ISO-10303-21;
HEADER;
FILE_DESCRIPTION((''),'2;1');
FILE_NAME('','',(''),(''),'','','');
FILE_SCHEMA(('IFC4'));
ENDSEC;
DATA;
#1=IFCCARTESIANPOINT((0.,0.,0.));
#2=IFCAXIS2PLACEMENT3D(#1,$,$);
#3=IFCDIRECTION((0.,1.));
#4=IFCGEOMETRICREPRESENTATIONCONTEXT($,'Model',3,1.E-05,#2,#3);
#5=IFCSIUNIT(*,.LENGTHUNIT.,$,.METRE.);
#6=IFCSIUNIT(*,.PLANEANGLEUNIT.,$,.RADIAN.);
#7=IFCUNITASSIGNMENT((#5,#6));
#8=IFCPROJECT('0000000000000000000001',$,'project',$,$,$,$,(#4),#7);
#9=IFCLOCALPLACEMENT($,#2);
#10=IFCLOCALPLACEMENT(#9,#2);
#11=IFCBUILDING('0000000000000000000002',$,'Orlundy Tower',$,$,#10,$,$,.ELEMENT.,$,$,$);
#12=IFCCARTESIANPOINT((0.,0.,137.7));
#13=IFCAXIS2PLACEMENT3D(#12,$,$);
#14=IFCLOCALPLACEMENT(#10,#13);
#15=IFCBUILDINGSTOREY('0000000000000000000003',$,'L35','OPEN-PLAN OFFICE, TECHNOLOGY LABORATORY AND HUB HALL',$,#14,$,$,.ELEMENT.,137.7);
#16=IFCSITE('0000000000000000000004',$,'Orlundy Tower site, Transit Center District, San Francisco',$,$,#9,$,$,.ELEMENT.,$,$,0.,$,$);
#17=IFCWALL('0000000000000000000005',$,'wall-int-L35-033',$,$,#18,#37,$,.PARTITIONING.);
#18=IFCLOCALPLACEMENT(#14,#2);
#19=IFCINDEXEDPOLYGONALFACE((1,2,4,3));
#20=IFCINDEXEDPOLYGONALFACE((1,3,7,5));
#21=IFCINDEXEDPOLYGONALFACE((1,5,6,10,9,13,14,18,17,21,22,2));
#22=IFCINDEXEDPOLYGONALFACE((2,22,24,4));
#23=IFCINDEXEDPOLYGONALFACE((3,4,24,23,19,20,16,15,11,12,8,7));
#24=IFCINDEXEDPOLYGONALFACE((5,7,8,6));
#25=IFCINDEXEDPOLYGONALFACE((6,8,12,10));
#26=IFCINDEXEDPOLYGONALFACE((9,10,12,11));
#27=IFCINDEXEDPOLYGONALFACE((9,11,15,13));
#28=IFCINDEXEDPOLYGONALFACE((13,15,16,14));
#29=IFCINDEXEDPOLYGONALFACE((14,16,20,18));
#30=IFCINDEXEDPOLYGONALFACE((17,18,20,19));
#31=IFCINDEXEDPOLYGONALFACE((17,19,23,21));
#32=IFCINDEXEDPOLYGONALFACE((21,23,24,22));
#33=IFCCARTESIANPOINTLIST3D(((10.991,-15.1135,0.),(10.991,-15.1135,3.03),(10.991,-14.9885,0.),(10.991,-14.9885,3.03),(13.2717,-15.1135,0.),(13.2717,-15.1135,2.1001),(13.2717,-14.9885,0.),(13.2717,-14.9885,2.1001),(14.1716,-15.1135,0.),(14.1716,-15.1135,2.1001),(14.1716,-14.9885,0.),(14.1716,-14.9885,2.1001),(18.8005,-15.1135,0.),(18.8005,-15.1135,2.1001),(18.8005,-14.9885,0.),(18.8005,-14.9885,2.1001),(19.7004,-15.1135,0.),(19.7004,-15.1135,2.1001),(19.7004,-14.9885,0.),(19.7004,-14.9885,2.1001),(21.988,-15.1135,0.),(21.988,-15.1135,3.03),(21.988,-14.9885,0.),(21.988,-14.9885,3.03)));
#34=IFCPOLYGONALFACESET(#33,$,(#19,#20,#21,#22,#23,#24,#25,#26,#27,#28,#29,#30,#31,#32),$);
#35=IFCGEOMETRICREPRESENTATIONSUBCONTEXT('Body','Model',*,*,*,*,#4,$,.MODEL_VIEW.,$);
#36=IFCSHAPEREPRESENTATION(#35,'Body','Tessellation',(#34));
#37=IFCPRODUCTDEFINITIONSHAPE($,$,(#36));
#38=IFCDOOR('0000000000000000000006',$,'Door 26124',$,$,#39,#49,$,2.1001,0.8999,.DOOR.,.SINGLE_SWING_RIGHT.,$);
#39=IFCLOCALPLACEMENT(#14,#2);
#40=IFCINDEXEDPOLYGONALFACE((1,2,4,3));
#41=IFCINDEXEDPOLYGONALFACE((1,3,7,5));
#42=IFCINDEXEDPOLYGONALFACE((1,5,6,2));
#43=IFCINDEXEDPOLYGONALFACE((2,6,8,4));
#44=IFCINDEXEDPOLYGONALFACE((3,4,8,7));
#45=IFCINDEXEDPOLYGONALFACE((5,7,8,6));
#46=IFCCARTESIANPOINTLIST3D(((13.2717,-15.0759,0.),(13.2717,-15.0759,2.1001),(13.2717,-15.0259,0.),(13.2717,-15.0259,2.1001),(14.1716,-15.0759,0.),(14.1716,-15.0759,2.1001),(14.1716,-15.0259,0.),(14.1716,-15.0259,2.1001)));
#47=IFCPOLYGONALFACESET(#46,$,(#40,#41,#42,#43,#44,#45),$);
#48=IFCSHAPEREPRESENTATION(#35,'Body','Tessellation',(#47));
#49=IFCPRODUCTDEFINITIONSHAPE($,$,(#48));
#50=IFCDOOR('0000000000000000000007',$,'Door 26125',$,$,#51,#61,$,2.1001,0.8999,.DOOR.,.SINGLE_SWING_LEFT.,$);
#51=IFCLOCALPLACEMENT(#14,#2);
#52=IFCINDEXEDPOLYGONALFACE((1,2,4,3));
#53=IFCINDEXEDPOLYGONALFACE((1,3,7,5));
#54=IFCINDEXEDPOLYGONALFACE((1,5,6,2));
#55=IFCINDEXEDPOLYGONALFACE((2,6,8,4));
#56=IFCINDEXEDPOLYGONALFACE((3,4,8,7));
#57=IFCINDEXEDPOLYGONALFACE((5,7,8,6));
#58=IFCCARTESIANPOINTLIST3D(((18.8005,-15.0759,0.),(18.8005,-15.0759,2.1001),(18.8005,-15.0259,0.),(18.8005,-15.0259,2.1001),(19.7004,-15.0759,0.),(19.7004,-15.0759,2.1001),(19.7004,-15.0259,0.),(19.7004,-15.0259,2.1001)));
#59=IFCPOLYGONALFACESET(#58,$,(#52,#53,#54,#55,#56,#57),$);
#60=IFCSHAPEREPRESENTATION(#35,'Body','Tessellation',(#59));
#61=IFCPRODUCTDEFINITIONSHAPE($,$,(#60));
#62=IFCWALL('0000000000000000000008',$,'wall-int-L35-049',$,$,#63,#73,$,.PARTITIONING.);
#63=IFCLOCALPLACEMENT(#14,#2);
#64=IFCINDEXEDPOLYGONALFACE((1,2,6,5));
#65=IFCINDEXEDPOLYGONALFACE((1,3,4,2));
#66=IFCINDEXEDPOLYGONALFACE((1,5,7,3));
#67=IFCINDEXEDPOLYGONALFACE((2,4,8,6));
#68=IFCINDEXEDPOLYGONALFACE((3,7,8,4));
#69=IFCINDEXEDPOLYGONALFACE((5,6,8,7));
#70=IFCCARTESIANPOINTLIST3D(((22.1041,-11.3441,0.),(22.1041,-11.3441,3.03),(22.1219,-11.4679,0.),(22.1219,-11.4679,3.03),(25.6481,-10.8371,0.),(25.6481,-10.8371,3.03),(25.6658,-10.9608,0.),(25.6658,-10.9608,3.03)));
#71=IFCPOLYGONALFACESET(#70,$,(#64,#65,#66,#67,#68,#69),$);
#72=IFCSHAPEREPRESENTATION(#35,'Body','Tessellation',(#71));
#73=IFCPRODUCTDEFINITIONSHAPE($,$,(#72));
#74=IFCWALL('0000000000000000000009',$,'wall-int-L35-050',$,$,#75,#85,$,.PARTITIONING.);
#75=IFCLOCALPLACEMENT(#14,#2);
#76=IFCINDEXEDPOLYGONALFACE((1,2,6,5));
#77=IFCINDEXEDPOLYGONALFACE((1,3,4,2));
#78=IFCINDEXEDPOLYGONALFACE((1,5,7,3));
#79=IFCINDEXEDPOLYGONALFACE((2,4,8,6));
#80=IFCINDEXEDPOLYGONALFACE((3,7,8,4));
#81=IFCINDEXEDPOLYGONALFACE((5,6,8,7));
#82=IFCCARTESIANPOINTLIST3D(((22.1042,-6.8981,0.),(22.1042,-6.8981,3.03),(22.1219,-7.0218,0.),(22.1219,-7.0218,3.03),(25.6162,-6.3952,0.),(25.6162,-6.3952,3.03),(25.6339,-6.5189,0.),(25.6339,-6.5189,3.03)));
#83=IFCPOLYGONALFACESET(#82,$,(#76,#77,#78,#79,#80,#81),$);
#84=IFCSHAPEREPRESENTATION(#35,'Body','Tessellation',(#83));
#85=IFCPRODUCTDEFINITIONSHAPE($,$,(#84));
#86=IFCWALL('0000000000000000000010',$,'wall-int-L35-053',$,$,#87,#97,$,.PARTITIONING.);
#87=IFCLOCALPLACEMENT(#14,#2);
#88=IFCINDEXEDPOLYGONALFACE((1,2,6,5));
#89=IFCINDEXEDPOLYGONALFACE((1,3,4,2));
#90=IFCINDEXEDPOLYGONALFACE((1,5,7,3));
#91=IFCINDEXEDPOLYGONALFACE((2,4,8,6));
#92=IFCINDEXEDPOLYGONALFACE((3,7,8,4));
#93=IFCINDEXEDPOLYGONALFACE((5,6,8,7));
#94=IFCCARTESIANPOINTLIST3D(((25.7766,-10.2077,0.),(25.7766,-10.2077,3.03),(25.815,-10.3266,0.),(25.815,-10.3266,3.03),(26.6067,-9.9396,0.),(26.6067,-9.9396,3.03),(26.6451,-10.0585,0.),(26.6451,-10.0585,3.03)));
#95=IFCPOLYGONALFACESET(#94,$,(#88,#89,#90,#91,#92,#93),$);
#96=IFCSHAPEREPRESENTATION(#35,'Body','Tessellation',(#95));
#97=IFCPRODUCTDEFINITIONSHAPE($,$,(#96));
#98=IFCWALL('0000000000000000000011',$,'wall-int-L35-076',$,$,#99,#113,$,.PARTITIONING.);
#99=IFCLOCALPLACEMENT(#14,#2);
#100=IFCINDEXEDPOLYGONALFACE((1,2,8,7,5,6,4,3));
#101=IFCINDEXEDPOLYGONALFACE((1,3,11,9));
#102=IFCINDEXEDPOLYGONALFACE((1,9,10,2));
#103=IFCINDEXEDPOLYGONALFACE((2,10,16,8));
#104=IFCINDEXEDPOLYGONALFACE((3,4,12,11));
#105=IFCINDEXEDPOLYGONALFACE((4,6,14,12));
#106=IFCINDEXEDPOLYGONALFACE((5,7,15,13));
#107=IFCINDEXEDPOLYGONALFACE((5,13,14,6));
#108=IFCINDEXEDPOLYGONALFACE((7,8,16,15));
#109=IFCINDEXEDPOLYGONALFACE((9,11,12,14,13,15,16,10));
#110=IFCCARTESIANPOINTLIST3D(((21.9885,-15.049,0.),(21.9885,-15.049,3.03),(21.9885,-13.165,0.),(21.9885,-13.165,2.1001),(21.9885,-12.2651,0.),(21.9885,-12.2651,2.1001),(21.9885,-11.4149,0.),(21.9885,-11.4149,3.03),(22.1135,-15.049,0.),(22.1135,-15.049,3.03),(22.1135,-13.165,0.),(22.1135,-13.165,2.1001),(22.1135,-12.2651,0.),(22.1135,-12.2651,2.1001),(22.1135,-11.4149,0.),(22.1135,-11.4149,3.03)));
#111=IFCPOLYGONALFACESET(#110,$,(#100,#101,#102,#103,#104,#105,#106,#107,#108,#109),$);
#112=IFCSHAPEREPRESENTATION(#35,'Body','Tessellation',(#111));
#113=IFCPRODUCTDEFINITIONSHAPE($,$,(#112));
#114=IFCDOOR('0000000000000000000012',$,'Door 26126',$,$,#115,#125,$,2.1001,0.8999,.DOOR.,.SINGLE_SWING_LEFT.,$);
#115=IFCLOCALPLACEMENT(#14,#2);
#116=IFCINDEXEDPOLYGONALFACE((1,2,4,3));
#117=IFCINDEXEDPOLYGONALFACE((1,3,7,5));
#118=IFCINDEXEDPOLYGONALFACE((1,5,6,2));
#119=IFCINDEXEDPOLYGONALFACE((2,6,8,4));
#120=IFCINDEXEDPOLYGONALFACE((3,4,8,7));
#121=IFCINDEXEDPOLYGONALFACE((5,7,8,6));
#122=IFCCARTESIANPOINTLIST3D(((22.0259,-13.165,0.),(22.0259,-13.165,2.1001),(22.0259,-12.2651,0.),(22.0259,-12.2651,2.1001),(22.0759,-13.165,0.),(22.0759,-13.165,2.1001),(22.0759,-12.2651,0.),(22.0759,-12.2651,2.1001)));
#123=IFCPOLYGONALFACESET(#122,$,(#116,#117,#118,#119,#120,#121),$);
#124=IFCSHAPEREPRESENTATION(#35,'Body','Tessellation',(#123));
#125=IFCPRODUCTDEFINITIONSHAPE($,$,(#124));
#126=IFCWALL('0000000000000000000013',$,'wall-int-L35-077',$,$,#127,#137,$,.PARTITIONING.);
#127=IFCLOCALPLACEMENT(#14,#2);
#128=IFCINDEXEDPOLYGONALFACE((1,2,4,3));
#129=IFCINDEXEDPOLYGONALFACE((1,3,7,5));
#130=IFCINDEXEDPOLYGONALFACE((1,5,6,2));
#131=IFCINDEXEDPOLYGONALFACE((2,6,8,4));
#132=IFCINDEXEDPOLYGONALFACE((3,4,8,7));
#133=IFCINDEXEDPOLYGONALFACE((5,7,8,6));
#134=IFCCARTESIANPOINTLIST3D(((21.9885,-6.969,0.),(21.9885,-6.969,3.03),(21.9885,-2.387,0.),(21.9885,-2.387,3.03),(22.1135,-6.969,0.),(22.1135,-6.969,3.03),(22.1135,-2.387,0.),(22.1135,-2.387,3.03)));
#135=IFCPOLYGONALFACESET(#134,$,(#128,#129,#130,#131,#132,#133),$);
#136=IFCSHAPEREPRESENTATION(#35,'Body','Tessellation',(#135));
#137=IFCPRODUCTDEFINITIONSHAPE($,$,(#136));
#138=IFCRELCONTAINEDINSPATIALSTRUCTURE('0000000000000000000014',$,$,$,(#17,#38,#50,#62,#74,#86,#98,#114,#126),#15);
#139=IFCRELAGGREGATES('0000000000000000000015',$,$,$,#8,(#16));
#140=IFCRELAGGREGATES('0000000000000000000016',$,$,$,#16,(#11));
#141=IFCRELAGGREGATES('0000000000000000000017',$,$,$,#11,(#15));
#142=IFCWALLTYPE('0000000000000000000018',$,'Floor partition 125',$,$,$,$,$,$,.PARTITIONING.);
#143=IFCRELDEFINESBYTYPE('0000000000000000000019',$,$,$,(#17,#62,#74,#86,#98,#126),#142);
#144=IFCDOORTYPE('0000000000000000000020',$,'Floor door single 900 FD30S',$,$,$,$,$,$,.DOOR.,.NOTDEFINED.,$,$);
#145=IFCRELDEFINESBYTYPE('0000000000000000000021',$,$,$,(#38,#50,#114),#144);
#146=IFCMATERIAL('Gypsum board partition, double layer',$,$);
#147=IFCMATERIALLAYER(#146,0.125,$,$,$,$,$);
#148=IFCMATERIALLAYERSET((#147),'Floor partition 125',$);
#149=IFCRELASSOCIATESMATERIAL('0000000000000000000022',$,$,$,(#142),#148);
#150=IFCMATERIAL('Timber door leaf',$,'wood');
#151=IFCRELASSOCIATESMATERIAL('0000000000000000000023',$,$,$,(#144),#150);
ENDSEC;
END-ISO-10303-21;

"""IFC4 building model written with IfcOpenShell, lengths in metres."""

from ifc_helpers import new_model, si_unit, direction, frame, frame_2d, origin, place, context, subcontext, project, spatial, rectangle, extrude, material, layer, layer_set, type_object, element, fill, save


model = new_model("IFC4")

# Units and contexts
model_context = context("Model", 3, precision=1e-05, world=origin(), true_north=direction((0.0, 1.0)))
body_context = subcontext(model_context, "Body", "Model", "MODEL_VIEW")
ifc_project = project(units=[si_unit("LENGTHUNIT", "METRE"), si_unit("PLANEANGLEUNIT", "RADIAN")], contexts=[model_context])

# Site, building, storey
site_placement = place(None, origin())
site = spatial("IfcSite", under=ifc_project, at=site_placement, Name="Orlundy Tower site, Transit Center District, San Francisco", CompositionType="ELEMENT", RefElevation=0.0)
building_placement = place(site_placement, origin())
building = spatial("IfcBuilding", under=site, at=building_placement, Name="Orlundy Tower", CompositionType="ELEMENT")
storey_placement = place(building_placement, frame((0.0, 0.0, 137.7)))
storey = spatial("IfcBuildingStorey", under=building, at=storey_placement, Name="L35", Description="OPEN-PLAN OFFICE, TECHNOLOGY LABORATORY AND HUB HALL", CompositionType="ELEMENT", Elevation=137.7)

# Shared definitions
ifc_material_1 = material(Name="Gypsum board partition, double layer")
ifc_layer_1 = layer(ifc_material_1, 0.125)
ifc_layer_set_1 = layer_set([ifc_layer_1], Name="Floor partition 125")
wall_type_1 = type_object("IfcWallType", Name="Floor partition 125", PredefinedType="PARTITIONING", material=ifc_layer_set_1)

# Wall, openings, doors
wall_1_placement = place(storey_placement, frame((21.988, -15.051, 0.0), z_axis=(0.0, 0.0, 1.0), x_axis=(-1.0, 0.0, 0.0)))
wall_1 = element("IfcWall", 1, at=wall_1_placement, inside=storey, type_object=wall_type_1, Name="wall-int-L35-033", PredefinedType="PARTITIONING", context=body_context, shape_type="SweptSolid", body=[
    extrude(rectangle(XDim=10.9971, YDim=0.125, at=frame_2d((5.4985, 0.0))), origin(), (0.0, 0.0, 1.0), 3.03),
])
opening_1_placement = place(wall_1_placement, frame((7.8164, 0.0, 0.0)))
opening_1 = element("IfcOpeningElement", 2, at=opening_1_placement, cuts=wall_1, PredefinedType="OPENING", context=body_context, shape_type="SweptSolid", body=[
    extrude(rectangle(XDim=0.8999, YDim=2.1001, at=frame_2d((0.45, 1.05))), frame((0.0, 0.0725, 0.0), z_axis=(0.0, -1.0, 0.0), x_axis=(1.0, 0.0, 0.0)), (0.0, 0.0, 1.0), 0.145),
])
opening_2_placement = place(wall_1_placement, frame((2.2876, 0.0, 0.0)))
opening_2 = element("IfcOpeningElement", 3, at=opening_2_placement, cuts=wall_1, PredefinedType="OPENING", context=body_context, shape_type="SweptSolid", body=[
    extrude(rectangle(XDim=0.8999, YDim=2.1001, at=frame_2d((0.45, 1.05))), frame((0.0, 0.0725, 0.0), z_axis=(0.0, -1.0, 0.0), x_axis=(1.0, 0.0, 0.0)), (0.0, 0.0, 1.0), 0.145),
])
ifc_material_2 = material(Name="Timber door leaf", Category="wood")
door_type_1 = type_object("IfcDoorType", Name="Floor door single 900 FD30S", OperationType="NOTDEFINED", PredefinedType="DOOR", material=ifc_material_2)
door_1_placement = place(opening_1_placement, origin())
door_1 = element("IfcDoor", 4, at=door_1_placement, inside=storey, type_object=door_type_1, Name="Door 26124", OperationType="SINGLE_SWING_RIGHT", OverallHeight=2.1001, OverallWidth=0.8999, PredefinedType="DOOR", context=body_context, shape_type="SweptSolid", body=[
    extrude(rectangle(XDim=0.8999, YDim=2.1001, at=frame_2d((0.45, 1.05))), frame((0.0, 0.0249, 0.0), z_axis=(0.0, -1.0, 0.0), x_axis=(1.0, 0.0, 0.0)), (0.0, 0.0, 1.0), 0.05),
])
fill(opening_1, door_1)
door_2_placement = place(opening_2_placement, origin())
door_2 = element("IfcDoor", 5, at=door_2_placement, inside=storey, type_object=door_type_1, Name="Door 26125", OperationType="SINGLE_SWING_LEFT", OverallHeight=2.1001, OverallWidth=0.8999, PredefinedType="DOOR", context=body_context, shape_type="SweptSolid", body=[
    extrude(rectangle(XDim=0.8999, YDim=2.1001, at=frame_2d((0.45, 1.05))), frame((0.0, 0.0249, 0.0), z_axis=(0.0, -1.0, 0.0), x_axis=(1.0, 0.0, 0.0)), (0.0, 0.0, 1.0), 0.05),
])
fill(opening_2, door_2)

# Walls
wall_2_placement = place(storey_placement, frame((25.657, -10.8989, 0.0), z_axis=(0.0, 0.0, 1.0), x_axis=(-0.989918, -0.141641, 0.0)))
element("IfcWall", 6, at=wall_2_placement, inside=storey, type_object=wall_type_1, Name="wall-int-L35-049", PredefinedType="PARTITIONING", context=body_context, shape_type="SweptSolid", body=[
    extrude(rectangle(XDim=3.5801, YDim=0.125, at=frame_2d((1.79, 0.0))), origin(), (0.0, 0.0, 1.0), 3.03),
])
wall_3_placement = place(storey_placement, frame((22.113, -6.96, 0.0), z_axis=(0.0, 0.0, 1.0), x_axis=(0.989901, 0.141759, 0.0)))
element("IfcWall", 7, at=wall_3_placement, inside=storey, type_object=wall_type_1, Name="wall-int-L35-050", PredefinedType="PARTITIONING", context=body_context, shape_type="SweptSolid", body=[
    extrude(rectangle(XDim=3.5479, YDim=0.125, at=frame_2d((1.7739, 0.0))), origin(), (0.0, 0.0, 1.0), 3.03),
])
wall_4_placement = place(storey_placement, frame((25.7959, -10.2671, 0.0), z_axis=(0.0, 0.0, 1.0), x_axis=(0.951608, 0.307314, 0.0)))
element("IfcWall", 8, at=wall_4_placement, inside=storey, type_object=wall_type_1, Name="wall-int-L35-053", PredefinedType="PARTITIONING", context=body_context, shape_type="SweptSolid", body=[
    extrude(rectangle(XDim=0.8723, YDim=0.125, at=frame_2d((0.436, 0.0))), origin(), (0.0, 0.0, 1.0), 3.03),
])

# Wall, opening, door
wall_5_placement = place(storey_placement, frame((22.051, -11.415, 0.0), z_axis=(0.0, 0.0, 1.0), x_axis=(0.0, -1.0, 0.0)))
wall_5 = element("IfcWall", 9, at=wall_5_placement, inside=storey, type_object=wall_type_1, Name="wall-int-L35-076", PredefinedType="PARTITIONING", context=body_context, shape_type="SweptSolid", body=[
    extrude(rectangle(XDim=3.634, YDim=0.125, at=frame_2d((1.8169, 0.0))), origin(), (0.0, 0.0, 1.0), 3.03),
])
opening_3_placement = place(wall_5_placement, frame((0.8501, 0.0, 0.0)))
opening_3 = element("IfcOpeningElement", 10, at=opening_3_placement, cuts=wall_5, PredefinedType="OPENING", context=body_context, shape_type="SweptSolid", body=[
    extrude(rectangle(XDim=0.8999, YDim=2.1001, at=frame_2d((0.45, 1.05))), frame((0.0, 0.0725, 0.0), z_axis=(0.0, -1.0, 0.0), x_axis=(1.0, 0.0, 0.0)), (0.0, 0.0, 1.0), 0.145),
])
door_3_placement = place(opening_3_placement, origin())
door_3 = element("IfcDoor", 11, at=door_3_placement, inside=storey, type_object=door_type_1, Name="Door 26126", OperationType="SINGLE_SWING_LEFT", OverallHeight=2.1001, OverallWidth=0.8999, PredefinedType="DOOR", context=body_context, shape_type="SweptSolid", body=[
    extrude(rectangle(XDim=0.8999, YDim=2.1001, at=frame_2d((0.45, 1.05))), frame((0.0, 0.0249, 0.0), z_axis=(0.0, -1.0, 0.0), x_axis=(1.0, 0.0, 0.0)), (0.0, 0.0, 1.0), 0.05),
])
fill(opening_3, door_3)

# Wall
wall_6_placement = place(storey_placement, frame((22.051, -6.969, 0.0), z_axis=(0.0, 0.0, 1.0), x_axis=(0.0, 1.0, 0.0)))
element("IfcWall", 12, at=wall_6_placement, inside=storey, type_object=wall_type_1, Name="wall-int-L35-077", PredefinedType="PARTITIONING", context=body_context, shape_type="SweptSolid", body=[
    extrude(rectangle(XDim=4.582, YDim=0.125, at=frame_2d((2.291, 0.0))), origin(), (0.0, 0.0, 1.0), 3.03),
])

save(model, "model.ifc")
